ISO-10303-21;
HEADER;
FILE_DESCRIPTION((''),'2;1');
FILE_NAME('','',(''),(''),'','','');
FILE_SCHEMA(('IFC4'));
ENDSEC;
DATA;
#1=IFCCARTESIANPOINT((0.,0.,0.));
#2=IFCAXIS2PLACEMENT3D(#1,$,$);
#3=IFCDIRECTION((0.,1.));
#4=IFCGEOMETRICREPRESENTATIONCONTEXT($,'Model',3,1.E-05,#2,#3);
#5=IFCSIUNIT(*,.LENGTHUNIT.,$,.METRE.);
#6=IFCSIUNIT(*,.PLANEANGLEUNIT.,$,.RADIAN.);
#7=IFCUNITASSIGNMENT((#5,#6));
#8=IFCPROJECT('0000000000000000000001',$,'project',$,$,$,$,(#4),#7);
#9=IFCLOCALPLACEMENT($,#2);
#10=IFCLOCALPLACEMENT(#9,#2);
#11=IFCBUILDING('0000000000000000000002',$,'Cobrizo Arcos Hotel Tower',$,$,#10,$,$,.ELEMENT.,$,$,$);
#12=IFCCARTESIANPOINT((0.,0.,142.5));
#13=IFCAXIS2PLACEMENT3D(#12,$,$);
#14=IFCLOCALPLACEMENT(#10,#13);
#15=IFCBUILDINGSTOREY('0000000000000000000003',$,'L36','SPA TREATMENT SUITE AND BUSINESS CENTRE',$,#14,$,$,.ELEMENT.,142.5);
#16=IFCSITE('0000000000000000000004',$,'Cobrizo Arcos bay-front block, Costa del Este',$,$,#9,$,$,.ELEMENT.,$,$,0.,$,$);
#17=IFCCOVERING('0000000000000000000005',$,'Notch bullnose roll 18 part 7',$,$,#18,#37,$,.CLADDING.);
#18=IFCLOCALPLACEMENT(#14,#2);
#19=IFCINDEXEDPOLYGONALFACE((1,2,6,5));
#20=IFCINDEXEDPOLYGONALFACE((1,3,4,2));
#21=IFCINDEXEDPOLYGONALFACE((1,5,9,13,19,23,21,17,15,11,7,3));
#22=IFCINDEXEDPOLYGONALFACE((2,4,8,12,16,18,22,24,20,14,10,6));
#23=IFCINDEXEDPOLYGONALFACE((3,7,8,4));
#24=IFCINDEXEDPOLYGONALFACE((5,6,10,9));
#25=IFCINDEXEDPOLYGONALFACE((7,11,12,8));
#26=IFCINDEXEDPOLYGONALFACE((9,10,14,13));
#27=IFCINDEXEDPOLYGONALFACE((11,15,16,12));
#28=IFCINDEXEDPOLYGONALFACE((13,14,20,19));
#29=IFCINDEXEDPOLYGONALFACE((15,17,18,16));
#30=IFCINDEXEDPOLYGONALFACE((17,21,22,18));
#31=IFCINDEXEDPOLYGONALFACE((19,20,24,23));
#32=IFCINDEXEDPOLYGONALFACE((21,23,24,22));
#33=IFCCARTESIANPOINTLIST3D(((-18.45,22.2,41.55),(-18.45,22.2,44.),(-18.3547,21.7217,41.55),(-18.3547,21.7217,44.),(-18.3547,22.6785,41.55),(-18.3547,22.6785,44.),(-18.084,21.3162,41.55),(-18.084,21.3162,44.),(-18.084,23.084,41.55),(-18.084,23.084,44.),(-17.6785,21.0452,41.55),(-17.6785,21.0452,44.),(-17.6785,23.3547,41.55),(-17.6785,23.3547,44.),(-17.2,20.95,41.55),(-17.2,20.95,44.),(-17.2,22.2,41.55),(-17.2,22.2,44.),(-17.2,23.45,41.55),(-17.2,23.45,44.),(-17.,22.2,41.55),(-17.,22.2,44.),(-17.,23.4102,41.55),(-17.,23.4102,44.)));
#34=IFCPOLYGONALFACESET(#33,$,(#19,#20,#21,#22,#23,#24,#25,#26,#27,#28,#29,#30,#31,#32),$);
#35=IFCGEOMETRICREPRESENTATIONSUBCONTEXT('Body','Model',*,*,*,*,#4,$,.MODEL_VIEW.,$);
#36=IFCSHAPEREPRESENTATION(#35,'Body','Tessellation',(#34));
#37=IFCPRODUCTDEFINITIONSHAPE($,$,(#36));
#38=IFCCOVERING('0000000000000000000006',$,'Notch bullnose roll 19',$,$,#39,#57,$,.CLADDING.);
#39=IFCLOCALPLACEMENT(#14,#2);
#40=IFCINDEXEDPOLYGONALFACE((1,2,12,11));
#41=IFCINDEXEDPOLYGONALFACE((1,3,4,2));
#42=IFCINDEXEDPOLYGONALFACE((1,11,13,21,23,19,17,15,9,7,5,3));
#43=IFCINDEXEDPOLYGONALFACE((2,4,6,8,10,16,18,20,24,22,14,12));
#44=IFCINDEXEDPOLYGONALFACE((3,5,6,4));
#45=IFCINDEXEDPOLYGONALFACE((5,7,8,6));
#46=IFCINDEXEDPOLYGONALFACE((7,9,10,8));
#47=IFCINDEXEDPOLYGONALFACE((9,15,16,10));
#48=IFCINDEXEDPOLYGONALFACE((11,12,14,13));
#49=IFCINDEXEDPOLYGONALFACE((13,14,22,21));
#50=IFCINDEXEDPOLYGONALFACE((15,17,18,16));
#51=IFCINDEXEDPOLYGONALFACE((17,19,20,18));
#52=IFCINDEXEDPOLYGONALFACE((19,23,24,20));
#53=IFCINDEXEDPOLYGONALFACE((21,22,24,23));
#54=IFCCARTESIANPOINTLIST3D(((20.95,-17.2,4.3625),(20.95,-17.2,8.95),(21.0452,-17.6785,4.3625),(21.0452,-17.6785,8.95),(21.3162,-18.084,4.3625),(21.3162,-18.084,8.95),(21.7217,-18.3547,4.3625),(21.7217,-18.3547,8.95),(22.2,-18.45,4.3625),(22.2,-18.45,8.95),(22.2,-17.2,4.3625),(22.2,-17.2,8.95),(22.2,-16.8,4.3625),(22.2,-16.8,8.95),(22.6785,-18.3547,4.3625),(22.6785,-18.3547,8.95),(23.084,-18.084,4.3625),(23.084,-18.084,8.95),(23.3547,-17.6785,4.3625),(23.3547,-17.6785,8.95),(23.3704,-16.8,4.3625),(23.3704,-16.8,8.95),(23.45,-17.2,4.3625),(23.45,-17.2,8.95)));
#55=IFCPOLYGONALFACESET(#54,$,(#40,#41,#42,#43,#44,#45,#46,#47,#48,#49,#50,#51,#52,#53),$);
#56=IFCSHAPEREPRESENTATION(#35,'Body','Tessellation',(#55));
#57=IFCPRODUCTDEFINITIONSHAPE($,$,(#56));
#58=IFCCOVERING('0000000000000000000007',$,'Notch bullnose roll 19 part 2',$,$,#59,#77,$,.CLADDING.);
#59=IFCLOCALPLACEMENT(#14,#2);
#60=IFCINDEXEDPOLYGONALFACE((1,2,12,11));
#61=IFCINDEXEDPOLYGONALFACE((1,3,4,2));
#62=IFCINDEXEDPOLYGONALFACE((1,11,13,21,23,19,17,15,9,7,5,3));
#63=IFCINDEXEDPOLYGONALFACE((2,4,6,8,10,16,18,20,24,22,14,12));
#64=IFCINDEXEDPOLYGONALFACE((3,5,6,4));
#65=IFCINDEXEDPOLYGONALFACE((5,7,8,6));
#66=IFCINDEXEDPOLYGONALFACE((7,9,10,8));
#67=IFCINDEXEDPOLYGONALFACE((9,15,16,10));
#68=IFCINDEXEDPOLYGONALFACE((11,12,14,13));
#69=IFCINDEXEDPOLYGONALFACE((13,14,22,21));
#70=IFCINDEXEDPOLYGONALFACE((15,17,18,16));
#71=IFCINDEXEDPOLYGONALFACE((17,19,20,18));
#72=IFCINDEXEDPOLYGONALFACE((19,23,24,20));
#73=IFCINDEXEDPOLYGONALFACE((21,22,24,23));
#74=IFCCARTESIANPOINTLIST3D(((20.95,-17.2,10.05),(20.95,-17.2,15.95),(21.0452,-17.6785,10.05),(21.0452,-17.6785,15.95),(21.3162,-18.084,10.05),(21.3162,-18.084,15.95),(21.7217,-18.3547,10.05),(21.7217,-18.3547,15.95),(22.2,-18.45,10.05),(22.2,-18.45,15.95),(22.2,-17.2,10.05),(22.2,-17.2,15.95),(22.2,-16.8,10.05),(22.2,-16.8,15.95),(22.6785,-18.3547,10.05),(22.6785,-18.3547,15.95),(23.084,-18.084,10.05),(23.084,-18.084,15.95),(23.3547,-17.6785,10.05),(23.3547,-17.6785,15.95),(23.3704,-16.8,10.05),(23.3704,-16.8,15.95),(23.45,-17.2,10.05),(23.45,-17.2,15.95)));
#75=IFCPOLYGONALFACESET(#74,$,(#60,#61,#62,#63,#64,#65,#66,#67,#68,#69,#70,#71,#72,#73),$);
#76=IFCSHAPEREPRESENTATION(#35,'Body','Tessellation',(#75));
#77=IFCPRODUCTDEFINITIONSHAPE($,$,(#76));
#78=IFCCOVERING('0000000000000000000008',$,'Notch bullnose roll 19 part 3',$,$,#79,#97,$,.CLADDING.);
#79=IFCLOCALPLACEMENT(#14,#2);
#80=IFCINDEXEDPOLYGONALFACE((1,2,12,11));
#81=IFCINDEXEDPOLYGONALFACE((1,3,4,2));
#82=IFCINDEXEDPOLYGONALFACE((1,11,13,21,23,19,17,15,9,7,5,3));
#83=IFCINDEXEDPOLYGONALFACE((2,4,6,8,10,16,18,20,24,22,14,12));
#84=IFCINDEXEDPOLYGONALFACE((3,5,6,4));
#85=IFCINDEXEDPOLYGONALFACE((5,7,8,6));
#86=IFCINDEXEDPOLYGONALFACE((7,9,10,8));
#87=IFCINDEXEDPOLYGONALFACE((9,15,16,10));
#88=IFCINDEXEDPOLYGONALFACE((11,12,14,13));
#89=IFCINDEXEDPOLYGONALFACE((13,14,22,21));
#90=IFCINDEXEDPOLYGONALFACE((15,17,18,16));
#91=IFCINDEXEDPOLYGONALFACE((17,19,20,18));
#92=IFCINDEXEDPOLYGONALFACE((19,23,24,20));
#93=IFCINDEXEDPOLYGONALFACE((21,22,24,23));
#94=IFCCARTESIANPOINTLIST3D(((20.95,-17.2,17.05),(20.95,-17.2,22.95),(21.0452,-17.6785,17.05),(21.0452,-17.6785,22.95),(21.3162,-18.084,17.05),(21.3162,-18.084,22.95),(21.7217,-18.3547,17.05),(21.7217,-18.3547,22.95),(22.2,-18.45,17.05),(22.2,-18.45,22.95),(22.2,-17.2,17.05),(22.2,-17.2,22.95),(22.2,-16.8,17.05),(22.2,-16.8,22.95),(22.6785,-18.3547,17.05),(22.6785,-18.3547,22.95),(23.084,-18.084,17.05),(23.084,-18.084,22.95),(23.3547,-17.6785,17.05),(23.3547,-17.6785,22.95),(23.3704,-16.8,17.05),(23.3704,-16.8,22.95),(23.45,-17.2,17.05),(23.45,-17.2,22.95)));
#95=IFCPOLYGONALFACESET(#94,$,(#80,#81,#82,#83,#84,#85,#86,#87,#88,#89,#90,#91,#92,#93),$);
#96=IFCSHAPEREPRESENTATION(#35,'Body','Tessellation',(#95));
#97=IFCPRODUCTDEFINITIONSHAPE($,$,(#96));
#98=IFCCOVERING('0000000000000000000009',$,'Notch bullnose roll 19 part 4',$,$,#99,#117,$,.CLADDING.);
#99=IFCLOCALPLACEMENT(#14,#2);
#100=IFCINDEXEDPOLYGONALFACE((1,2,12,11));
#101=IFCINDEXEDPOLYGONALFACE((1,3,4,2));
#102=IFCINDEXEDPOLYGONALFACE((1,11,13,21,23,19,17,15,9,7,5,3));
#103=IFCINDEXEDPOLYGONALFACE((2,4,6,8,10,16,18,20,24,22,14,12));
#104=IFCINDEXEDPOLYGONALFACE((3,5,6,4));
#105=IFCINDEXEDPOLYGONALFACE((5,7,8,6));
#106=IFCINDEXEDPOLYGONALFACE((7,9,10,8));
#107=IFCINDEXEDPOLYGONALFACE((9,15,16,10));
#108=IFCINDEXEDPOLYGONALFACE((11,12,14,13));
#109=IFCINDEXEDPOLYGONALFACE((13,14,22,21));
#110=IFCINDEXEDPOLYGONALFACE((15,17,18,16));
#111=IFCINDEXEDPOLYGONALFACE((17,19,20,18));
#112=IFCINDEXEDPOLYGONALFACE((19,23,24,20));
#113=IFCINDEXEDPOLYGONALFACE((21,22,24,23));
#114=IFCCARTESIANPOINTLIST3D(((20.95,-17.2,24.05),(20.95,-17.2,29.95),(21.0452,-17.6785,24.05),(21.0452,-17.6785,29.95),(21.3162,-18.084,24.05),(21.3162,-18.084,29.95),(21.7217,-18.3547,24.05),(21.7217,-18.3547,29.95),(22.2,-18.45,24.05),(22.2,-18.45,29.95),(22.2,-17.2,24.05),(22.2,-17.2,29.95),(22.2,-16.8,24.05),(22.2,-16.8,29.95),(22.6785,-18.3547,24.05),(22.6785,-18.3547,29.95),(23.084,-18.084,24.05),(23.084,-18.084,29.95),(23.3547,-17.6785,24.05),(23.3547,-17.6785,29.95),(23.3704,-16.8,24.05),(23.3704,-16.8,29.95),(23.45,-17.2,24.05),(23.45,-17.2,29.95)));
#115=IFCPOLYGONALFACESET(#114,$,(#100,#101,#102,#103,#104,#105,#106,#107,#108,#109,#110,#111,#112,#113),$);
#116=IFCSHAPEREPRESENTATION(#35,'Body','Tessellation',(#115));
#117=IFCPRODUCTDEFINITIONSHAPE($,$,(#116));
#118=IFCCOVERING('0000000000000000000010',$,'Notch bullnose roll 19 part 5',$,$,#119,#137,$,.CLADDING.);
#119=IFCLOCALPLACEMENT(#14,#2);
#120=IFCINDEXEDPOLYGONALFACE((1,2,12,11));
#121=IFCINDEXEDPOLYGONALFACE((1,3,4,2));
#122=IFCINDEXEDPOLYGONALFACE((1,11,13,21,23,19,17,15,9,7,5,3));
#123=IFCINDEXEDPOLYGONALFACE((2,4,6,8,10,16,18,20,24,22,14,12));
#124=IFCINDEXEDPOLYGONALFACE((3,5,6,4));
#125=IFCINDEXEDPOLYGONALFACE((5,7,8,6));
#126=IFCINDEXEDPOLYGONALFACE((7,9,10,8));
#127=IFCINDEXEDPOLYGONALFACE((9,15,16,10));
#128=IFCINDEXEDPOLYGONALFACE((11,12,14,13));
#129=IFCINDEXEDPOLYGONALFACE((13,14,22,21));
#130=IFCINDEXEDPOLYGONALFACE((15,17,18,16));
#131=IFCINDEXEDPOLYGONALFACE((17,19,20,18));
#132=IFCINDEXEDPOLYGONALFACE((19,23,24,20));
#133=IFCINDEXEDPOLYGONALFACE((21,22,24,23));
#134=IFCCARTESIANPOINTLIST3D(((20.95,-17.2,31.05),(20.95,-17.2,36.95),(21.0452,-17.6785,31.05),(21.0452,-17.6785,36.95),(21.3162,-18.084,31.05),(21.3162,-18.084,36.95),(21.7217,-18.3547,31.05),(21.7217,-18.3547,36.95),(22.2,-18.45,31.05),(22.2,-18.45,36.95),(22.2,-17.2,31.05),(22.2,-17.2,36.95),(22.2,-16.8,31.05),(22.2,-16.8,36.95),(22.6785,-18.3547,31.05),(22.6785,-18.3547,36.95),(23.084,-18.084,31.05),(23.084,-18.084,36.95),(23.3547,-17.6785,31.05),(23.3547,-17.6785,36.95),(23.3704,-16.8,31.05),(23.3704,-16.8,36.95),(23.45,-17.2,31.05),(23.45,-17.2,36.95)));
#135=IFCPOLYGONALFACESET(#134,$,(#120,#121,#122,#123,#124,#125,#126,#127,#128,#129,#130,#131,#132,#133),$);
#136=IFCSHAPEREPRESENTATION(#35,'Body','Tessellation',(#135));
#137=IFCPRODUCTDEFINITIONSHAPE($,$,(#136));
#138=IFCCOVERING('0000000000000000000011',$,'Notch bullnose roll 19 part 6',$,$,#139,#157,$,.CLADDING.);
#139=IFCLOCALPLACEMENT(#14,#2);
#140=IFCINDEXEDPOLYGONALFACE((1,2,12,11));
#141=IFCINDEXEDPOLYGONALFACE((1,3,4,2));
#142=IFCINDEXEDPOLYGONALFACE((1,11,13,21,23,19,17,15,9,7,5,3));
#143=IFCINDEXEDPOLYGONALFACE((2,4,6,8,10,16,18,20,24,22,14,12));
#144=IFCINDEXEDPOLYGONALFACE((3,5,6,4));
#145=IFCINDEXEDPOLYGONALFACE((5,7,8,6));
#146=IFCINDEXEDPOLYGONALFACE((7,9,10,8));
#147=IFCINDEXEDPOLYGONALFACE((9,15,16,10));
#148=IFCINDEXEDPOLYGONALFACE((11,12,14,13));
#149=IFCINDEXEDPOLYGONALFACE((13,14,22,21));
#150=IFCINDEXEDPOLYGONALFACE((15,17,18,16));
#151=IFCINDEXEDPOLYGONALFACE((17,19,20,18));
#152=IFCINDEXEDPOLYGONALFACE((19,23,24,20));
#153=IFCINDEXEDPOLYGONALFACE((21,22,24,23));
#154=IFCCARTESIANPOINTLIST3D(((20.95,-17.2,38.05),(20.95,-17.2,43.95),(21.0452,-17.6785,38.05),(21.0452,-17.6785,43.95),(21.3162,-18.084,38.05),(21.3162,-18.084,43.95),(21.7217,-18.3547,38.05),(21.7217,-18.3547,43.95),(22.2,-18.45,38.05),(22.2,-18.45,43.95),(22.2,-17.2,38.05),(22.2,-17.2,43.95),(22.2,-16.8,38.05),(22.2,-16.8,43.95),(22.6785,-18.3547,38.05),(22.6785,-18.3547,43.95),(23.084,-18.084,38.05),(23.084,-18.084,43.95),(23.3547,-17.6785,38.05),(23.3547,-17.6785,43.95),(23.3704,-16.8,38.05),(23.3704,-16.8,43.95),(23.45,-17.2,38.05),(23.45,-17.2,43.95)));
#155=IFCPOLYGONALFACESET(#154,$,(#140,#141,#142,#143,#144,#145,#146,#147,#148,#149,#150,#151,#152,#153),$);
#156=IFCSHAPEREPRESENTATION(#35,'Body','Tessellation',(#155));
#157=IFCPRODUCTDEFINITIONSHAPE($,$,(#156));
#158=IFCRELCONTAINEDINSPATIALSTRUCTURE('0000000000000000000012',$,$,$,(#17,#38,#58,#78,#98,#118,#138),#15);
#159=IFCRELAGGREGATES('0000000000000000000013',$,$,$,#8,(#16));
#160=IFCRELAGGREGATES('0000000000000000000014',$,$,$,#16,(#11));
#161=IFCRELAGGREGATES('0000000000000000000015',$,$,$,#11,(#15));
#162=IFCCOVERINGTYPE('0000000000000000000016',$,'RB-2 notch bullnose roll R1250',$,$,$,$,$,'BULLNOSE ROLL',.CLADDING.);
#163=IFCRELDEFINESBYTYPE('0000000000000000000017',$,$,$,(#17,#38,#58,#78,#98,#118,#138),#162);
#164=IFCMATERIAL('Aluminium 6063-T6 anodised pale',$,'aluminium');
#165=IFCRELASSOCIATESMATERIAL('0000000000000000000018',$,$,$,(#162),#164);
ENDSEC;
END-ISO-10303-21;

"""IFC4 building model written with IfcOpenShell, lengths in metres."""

from ifc_helpers import new_model, si_unit, direction, frame, origin, place, context, subcontext, project, spatial, polyline, outline, extrude, material, type_object, element, save


model = new_model("IFC4")

# Units and contexts
model_context = context("Model", 3, precision=1e-05, world=origin(), true_north=direction((0.0, 1.0)))
body_context = subcontext(model_context, "Body", "Model", "MODEL_VIEW")
ifc_project = project(units=[si_unit("LENGTHUNIT", "METRE"), si_unit("PLANEANGLEUNIT", "RADIAN")], contexts=[model_context])

# Site, building, storey
site_placement = place(None, origin())
site = spatial("IfcSite", under=ifc_project, at=site_placement, Name="Cobrizo Arcos bay-front block, Costa del Este", CompositionType="ELEMENT", RefElevation=0.0)
building_placement = place(site_placement, origin())
building = spatial("IfcBuilding", under=site, at=building_placement, Name="Cobrizo Arcos Hotel Tower", CompositionType="ELEMENT")
storey_placement = place(building_placement, frame((0.0, 0.0, 142.5)))
storey = spatial("IfcBuildingStorey", under=building, at=storey_placement, Name="L36", Description="SPA TREATMENT SUITE AND BUSINESS CENTRE", CompositionType="ELEMENT", Elevation=142.5)

# Coverings
ifc_material_1 = material(Name="Aluminium 6063-T6 anodised pale", Category="aluminium")
covering_type = type_object("IfcCoveringType", Name="RB-2 notch bullnose roll R1250", ElementType="BULLNOSE ROLL", PredefinedType="CLADDING", material=ifc_material_1)
covering_1_placement = place(storey_placement, frame((0.0, 0.0, 41.55)))
element("IfcCovering", 1, at=covering_1_placement, inside=storey, type_object=covering_type, Name="Notch bullnose roll 18 part 7", PredefinedType="CLADDING", context=body_context, shape_type="SweptSolid", body=[
    extrude(outline(polyline([(-18.084, 21.3162), (-17.6785, 21.0452), (-17.2, 20.95), (-17.2, 22.2), (-17.0, 22.2), (-17.0, 23.4102), (-17.2, 23.45), (-17.6785, 23.3547), (-18.084, 23.084), (-18.3547, 22.6785), (-18.45, 22.2), (-18.3547, 21.7217), (-18.084, 21.3162)])), origin(), (0.0, 0.0, 1.0), 2.45),
])
covering_2_placement = place(storey_placement, frame((0.0, 0.0, 4.3625)))
element("IfcCovering", 2, at=covering_2_placement, inside=storey, type_object=covering_type, Name="Notch bullnose roll 19", PredefinedType="CLADDING", context=body_context, shape_type="SweptSolid", body=[
    extrude(outline(polyline([(21.3162, -18.084), (21.7217, -18.3547), (22.2, -18.45), (22.6785, -18.3547), (23.084, -18.084), (23.3547, -17.6785), (23.45, -17.2), (23.3704, -16.8), (22.2, -16.8), (22.2, -17.2), (20.95, -17.2), (21.0452, -17.6785), (21.3162, -18.084)])), origin(), (0.0, 0.0, 1.0), 4.5874),
])
for number, where, name in (
    (3, (0.0, 0.0, 10.05), "Notch bullnose roll 19 part 2"),
    (4, (0.0, 0.0, 17.05), "Notch bullnose roll 19 part 3"),
    (5, (0.0, 0.0, 24.05), "Notch bullnose roll 19 part 4"),
    (6, (0.0, 0.0, 31.05), "Notch bullnose roll 19 part 5"),
    (7, (0.0, 0.0, 38.05), "Notch bullnose roll 19 part 6"),
):
    element("IfcCovering", number, at=place(storey_placement, frame(where)), inside=storey, type_object=covering_type, Name=name, PredefinedType="CLADDING", context=body_context, shape_type="SweptSolid", body=[
        extrude(outline(polyline([(21.3162, -18.084), (21.7217, -18.3547), (22.2, -18.45), (22.6785, -18.3547), (23.084, -18.084), (23.3547, -17.6785), (23.45, -17.2), (23.3704, -16.8), (22.2, -16.8), (22.2, -17.2), (20.95, -17.2), (21.0452, -17.6785), (21.3162, -18.084)])), origin(), (0.0, 0.0, 1.0), 5.8999),
    ])

save(model, "model.ifc")
